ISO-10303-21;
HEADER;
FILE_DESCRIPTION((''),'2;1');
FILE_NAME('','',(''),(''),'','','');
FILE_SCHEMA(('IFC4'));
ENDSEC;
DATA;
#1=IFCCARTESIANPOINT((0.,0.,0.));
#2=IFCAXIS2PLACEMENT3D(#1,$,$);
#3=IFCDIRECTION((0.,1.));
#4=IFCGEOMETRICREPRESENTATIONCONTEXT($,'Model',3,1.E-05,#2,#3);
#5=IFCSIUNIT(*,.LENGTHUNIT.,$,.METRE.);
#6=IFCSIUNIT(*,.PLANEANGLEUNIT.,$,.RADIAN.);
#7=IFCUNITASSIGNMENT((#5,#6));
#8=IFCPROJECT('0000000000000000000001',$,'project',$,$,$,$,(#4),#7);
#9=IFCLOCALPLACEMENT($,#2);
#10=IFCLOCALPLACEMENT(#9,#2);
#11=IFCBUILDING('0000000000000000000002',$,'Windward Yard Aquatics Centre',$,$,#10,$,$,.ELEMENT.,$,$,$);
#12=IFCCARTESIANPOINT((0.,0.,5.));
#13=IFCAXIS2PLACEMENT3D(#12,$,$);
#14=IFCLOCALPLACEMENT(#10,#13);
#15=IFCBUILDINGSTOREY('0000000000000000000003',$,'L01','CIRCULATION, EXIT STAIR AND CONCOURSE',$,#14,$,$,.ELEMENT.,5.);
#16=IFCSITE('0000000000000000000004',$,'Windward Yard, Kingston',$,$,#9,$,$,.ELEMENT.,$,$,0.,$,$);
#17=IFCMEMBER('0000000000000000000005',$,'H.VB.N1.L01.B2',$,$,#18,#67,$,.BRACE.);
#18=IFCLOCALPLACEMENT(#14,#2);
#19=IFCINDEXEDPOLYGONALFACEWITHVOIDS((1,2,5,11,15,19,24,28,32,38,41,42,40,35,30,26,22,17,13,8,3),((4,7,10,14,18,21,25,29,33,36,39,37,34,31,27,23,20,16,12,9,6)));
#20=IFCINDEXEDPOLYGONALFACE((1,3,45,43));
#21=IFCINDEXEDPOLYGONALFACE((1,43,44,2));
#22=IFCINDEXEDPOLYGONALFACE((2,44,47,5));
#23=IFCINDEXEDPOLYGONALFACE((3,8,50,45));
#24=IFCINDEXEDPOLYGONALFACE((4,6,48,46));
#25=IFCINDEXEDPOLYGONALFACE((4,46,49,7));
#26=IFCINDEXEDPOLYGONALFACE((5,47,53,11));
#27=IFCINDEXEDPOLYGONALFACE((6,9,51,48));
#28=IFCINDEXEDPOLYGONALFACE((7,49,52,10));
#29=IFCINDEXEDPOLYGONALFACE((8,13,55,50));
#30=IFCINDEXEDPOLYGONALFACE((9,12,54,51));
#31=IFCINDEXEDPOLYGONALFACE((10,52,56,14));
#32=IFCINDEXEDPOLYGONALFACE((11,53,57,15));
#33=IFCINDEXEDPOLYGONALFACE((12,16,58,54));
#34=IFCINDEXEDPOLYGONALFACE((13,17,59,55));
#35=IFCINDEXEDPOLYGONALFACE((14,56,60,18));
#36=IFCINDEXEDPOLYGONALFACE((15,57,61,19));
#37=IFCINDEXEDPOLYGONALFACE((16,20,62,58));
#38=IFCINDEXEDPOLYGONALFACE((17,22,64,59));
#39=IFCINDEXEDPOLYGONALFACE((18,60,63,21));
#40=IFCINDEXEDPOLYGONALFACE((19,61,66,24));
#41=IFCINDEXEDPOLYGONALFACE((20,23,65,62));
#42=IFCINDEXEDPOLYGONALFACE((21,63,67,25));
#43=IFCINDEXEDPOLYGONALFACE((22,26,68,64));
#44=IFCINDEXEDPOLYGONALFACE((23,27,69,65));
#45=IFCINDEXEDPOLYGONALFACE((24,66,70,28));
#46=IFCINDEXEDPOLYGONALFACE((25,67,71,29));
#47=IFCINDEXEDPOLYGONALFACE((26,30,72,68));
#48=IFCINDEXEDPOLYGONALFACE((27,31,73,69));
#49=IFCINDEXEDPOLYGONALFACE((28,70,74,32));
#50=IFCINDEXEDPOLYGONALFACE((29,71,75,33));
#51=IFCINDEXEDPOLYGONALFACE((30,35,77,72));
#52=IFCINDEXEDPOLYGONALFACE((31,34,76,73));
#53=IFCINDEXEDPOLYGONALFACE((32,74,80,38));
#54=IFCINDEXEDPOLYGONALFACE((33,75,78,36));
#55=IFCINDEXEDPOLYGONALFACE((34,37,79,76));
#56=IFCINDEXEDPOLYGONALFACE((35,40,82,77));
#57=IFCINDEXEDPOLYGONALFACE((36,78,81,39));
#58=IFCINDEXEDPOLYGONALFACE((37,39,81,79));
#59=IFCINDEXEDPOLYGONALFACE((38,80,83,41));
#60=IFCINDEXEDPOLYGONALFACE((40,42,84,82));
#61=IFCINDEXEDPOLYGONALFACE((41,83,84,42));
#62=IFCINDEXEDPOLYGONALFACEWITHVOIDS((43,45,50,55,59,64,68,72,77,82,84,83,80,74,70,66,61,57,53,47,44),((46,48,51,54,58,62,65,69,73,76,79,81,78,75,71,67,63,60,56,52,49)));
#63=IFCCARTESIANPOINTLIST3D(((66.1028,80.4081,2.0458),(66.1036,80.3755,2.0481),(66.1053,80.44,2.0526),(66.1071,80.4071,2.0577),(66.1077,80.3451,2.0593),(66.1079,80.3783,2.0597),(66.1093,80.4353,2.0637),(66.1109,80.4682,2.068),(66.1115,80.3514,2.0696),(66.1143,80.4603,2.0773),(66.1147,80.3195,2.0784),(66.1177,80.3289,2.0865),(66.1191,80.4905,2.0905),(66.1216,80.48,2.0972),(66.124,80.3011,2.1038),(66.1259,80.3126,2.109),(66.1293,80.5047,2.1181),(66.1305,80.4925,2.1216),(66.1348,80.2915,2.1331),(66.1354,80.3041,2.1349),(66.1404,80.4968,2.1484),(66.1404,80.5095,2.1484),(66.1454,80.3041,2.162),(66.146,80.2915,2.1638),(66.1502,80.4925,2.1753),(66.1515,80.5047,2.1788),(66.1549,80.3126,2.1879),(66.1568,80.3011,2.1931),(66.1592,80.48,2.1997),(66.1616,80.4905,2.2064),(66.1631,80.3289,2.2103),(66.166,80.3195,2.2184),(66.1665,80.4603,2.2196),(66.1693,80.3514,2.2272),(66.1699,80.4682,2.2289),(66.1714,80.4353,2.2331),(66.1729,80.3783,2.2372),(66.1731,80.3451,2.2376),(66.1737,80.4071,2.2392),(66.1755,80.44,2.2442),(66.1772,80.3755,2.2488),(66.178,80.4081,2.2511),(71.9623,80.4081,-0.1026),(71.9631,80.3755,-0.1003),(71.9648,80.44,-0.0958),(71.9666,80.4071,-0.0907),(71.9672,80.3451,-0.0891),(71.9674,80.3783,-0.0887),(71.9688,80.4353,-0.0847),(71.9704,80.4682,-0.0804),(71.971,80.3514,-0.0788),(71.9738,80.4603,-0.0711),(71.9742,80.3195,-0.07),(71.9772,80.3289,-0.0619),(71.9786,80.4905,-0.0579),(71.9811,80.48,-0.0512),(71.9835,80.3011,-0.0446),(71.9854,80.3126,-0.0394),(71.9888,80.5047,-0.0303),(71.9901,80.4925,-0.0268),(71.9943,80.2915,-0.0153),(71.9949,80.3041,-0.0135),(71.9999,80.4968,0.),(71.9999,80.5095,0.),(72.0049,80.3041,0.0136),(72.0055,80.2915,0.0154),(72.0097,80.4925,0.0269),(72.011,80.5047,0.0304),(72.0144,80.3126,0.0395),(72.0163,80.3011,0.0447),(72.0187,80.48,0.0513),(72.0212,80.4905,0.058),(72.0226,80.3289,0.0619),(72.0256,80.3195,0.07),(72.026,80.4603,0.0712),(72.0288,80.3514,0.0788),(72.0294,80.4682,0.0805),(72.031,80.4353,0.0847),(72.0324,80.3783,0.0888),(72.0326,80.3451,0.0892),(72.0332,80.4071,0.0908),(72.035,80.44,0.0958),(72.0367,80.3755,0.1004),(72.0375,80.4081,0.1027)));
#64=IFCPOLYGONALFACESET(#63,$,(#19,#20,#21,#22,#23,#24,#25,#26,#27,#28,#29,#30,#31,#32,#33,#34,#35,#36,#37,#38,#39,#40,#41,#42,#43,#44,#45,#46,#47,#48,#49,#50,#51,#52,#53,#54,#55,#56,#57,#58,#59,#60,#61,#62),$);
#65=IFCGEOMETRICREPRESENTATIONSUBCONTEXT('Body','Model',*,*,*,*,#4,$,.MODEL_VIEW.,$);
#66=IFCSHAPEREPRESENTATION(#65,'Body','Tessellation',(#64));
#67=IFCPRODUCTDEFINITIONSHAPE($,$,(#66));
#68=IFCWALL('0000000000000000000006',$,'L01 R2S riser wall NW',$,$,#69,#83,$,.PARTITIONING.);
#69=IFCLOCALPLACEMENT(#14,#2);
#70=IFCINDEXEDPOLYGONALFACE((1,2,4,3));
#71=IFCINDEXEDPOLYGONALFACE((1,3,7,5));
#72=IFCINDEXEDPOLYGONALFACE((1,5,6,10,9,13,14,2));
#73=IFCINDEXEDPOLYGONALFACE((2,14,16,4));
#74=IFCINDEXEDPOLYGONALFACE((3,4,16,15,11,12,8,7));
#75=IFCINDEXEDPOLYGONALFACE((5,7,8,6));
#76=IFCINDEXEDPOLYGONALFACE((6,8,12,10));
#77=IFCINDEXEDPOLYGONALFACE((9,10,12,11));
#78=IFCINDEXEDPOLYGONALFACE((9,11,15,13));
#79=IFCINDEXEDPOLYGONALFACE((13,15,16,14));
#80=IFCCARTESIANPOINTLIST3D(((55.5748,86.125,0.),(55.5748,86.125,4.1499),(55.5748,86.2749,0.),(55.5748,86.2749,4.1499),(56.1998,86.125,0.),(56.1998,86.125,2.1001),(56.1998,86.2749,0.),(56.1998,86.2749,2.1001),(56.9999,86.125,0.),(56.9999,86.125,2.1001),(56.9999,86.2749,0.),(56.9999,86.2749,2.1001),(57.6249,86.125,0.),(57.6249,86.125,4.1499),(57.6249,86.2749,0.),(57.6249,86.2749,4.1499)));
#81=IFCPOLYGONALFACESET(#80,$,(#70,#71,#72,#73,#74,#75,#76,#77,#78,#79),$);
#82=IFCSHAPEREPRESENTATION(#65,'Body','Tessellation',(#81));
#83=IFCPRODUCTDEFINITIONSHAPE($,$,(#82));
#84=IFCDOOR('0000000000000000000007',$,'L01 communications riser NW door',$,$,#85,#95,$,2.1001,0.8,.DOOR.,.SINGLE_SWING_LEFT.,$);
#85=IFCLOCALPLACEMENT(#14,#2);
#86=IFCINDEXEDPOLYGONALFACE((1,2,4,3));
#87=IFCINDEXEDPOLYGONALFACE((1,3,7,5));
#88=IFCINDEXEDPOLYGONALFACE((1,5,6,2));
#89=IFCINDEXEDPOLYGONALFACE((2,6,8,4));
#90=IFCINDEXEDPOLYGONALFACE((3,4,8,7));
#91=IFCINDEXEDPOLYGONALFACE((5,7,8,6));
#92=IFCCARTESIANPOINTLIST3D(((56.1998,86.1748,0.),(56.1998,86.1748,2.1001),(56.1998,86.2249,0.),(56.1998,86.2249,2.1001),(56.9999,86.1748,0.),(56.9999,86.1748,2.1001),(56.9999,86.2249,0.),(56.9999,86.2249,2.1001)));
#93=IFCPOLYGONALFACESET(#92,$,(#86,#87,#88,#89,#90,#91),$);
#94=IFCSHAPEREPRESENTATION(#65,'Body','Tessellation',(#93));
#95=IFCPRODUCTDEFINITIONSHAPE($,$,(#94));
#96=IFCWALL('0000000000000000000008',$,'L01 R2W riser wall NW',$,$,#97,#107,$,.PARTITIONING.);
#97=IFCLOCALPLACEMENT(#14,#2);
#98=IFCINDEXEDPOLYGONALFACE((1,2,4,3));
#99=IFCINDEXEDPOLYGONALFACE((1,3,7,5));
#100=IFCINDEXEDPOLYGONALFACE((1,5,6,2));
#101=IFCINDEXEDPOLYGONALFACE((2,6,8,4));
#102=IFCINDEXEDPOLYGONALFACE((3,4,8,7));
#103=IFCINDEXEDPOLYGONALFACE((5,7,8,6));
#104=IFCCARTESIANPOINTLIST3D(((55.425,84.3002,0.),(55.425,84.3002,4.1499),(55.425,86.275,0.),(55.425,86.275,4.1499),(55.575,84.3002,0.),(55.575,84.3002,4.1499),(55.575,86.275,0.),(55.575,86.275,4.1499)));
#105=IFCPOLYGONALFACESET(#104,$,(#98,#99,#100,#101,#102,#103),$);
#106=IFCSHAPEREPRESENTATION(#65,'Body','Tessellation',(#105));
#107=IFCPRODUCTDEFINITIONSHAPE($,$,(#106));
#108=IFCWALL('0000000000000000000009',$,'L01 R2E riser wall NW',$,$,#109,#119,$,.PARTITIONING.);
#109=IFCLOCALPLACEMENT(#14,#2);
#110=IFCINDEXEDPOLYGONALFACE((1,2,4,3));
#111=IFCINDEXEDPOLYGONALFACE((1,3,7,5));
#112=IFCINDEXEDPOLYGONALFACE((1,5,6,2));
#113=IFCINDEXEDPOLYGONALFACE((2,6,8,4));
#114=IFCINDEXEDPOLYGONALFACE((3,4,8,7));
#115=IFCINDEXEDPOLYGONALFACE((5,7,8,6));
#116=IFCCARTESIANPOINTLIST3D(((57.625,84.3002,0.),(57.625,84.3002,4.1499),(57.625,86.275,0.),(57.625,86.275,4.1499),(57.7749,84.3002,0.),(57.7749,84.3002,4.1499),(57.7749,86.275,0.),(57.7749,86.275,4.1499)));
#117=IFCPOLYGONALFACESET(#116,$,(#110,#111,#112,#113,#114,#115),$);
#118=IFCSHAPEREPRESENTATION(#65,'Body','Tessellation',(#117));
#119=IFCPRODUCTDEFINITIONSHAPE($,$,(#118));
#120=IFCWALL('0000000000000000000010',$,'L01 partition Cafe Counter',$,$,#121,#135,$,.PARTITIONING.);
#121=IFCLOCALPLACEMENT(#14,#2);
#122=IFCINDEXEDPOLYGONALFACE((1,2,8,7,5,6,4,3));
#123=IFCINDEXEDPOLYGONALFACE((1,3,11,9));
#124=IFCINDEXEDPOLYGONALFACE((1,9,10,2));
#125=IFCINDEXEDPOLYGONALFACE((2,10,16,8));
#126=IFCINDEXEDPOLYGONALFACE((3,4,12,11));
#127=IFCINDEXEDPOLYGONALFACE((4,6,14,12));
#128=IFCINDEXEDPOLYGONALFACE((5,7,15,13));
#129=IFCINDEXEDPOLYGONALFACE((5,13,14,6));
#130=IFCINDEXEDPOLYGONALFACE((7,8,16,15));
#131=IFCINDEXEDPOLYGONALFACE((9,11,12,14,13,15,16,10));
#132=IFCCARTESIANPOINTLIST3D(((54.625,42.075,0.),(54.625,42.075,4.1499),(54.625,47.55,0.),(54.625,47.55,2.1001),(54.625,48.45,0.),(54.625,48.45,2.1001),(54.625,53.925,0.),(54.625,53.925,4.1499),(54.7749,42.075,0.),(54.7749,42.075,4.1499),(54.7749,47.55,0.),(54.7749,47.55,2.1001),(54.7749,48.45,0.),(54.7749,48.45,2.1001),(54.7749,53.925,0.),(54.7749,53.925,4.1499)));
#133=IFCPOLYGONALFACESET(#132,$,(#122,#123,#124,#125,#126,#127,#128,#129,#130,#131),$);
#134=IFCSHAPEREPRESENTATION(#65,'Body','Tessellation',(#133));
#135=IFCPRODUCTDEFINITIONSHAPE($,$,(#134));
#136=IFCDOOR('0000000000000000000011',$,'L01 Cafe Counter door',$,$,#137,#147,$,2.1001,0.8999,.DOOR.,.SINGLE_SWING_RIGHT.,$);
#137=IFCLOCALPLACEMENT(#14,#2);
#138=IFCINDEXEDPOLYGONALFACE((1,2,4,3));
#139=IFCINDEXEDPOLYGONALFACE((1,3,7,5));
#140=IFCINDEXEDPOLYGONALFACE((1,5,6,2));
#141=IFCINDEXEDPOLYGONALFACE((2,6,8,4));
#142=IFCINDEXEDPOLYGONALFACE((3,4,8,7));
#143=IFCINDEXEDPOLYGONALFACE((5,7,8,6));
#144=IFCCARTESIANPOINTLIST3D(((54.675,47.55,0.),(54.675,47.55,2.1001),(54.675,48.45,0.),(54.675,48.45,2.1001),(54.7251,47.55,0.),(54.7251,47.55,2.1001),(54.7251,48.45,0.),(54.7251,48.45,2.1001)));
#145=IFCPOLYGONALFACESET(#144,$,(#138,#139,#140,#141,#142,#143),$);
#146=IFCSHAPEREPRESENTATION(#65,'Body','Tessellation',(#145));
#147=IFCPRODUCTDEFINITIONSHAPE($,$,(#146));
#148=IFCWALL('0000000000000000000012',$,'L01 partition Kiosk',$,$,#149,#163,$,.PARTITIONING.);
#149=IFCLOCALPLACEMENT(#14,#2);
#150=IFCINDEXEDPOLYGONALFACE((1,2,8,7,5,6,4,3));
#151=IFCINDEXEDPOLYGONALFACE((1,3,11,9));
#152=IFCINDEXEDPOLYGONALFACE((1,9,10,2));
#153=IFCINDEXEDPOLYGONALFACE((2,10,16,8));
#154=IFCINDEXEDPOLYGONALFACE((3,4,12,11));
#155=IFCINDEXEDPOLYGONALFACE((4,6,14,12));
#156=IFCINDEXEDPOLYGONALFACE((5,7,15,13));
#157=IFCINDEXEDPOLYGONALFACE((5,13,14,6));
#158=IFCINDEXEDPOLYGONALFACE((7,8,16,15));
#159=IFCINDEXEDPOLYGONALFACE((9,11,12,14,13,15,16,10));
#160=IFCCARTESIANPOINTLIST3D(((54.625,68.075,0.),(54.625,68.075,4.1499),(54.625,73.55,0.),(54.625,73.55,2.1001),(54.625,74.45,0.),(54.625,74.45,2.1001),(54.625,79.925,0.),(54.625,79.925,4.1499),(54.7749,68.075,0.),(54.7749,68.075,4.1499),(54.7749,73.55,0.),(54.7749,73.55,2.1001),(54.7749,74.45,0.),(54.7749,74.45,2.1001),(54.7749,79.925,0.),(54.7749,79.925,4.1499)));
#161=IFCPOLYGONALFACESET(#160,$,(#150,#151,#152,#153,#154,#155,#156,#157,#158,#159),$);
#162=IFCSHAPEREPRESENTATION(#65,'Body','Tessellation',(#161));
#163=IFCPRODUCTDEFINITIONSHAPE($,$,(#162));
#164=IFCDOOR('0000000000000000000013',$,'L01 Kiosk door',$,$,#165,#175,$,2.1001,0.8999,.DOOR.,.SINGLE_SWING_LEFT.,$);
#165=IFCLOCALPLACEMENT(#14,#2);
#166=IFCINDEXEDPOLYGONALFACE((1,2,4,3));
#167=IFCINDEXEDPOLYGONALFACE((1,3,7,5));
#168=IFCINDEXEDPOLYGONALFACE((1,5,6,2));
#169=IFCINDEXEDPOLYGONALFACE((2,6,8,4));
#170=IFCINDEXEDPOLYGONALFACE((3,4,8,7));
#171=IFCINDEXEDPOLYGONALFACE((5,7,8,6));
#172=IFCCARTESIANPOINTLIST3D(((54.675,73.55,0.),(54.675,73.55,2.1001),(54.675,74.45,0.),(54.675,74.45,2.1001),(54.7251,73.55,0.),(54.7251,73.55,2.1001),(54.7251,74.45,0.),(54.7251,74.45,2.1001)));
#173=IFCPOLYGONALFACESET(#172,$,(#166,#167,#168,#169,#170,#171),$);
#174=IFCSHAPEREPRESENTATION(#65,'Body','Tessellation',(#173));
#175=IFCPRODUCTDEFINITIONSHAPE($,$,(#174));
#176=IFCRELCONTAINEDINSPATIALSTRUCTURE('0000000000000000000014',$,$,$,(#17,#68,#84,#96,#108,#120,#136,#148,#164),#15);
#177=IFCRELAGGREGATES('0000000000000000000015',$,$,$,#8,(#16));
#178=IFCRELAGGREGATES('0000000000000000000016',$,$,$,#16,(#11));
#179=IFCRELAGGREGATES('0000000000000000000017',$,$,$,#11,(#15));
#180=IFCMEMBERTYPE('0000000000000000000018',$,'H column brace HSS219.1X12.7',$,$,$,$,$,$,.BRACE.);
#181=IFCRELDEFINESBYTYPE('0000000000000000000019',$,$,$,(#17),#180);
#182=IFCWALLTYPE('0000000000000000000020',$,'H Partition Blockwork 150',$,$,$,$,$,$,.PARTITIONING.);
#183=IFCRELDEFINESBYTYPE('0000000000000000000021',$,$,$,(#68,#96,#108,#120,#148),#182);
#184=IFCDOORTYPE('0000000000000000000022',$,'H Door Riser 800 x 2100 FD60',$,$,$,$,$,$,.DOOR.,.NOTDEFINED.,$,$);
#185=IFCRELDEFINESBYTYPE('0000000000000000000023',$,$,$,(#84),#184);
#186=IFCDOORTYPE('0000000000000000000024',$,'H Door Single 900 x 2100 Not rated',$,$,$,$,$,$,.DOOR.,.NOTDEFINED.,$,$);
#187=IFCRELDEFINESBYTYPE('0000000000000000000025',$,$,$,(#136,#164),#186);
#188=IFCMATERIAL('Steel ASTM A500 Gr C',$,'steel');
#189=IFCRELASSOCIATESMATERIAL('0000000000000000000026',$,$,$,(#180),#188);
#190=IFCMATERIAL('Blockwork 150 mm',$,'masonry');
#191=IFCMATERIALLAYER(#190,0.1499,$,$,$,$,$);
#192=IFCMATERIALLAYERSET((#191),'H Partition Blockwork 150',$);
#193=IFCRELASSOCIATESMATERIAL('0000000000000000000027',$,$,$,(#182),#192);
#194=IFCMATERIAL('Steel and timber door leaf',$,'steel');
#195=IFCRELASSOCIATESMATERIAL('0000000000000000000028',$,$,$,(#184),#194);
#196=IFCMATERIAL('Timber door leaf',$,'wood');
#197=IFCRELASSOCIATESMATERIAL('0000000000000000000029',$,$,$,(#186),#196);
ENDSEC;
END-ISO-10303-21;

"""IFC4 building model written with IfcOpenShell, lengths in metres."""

from ifc_helpers import new_model, si_unit, direction, frame, frame_2d, origin, origin_2d, place, context, subcontext, project, spatial, rectangle, hollow_circle, extrude, material, layer, layer_set, material_profile, profile_set, type_object, element, fill, save


model = new_model("IFC4")

# Units and contexts
model_context = context("Model", 3, precision=1e-05, world=origin(), true_north=direction((0.0, 1.0)))
body_context = subcontext(model_context, "Body", "Model", "MODEL_VIEW")
ifc_project = project(units=[si_unit("LENGTHUNIT", "METRE"), si_unit("PLANEANGLEUNIT", "RADIAN")], contexts=[model_context])

# Site, building, storey
site_placement = place(None, origin())
site = spatial("IfcSite", under=ifc_project, at=site_placement, Name="Windward Yard, Kingston", CompositionType="ELEMENT", RefElevation=0.0)
building_placement = place(site_placement, origin())
building = spatial("IfcBuilding", under=site, at=building_placement, Name="Windward Yard Aquatics Centre", CompositionType="ELEMENT")
storey_placement = place(building_placement, frame((0.0, 0.0, 5.0)))
storey = spatial("IfcBuildingStorey", under=building, at=storey_placement, Name="L01", Description="CIRCULATION, EXIT STAIR AND CONCOURSE", CompositionType="ELEMENT", Elevation=5.0)

# Shared definitions
ifc_material_1 = material(Name="Steel ASTM A500 Gr C", Category="steel")

# Member
ifc_material_profile_1 = material_profile(ifc_material_1, hollow_circle(Radius=0.1096, WallThickness=0.0127, at=origin_2d()), Name="HSS219.1X12.7")
ifc_profile_set_1 = profile_set([ifc_material_profile_1], Name="Steel ASTM A500 Gr C")
member_type = type_object("IfcMemberType", Name="H column brace HSS219.1X12.7", PredefinedType="BRACE", material=ifc_profile_set_1)
for number, where, z_axis, x_axis, name in (
    (1, (66.1404, 80.3999, 2.1484), (0.938881, 0.0, -0.344242), (0.0, 1.0, 0.0), "H.VB.N1.L01.B2"),
):
    element("IfcMember", number, at=place(storey_placement, frame(where, z_axis=z_axis, x_axis=x_axis)), inside=storey, type_object=member_type, Name=name, PredefinedType="BRACE", context=body_context, shape_type="SweptSolid", body=[
        extrude(hollow_circle(Radius=0.1096, WallThickness=0.0127, at=origin_2d()), origin(), (0.0, 0.0, 1.0), 6.241),
    ])

# Wall, opening, door
ifc_material_2 = material(Name="Blockwork 150 mm", Category="masonry")
ifc_layer_1 = layer(ifc_material_2, 0.1499)
ifc_layer_set_1 = layer_set([ifc_layer_1], Name="H Partition Blockwork 150")
wall_type = type_object("IfcWallType", Name="H Partition Blockwork 150", PredefinedType="PARTITIONING", material=ifc_layer_set_1)
wall_1_placement = place(storey_placement, frame((55.575, 86.2, 0.0), z_axis=(0.0, 0.0, 1.0), x_axis=(1.0, 0.0, 0.0)))
wall_1 = element("IfcWall", 2, at=wall_1_placement, inside=storey, type_object=wall_type, Name="L01 R2S riser wall NW", PredefinedType="PARTITIONING", context=body_context, shape_type="SweptSolid", body=[
    extrude(rectangle(XDim=2.05, YDim=0.1499, at=frame_2d((1.0249, 0.0))), origin(), (0.0, 0.0, 1.0), 4.1499),
])
opening_1_placement = place(wall_1_placement, frame((0.625, 0.0, 0.0)))
opening_1 = element("IfcOpeningElement", 3, at=opening_1_placement, cuts=wall_1, PredefinedType="OPENING", context=body_context, shape_type="SweptSolid", body=[
    extrude(rectangle(XDim=0.8, YDim=2.1001, at=frame_2d((0.3999, 1.05))), frame((0.0, 0.085, 0.0), z_axis=(0.0, -1.0, 0.0), x_axis=(1.0, 0.0, 0.0)), (0.0, 0.0, 1.0), 0.1699),
])
ifc_material_3 = material(Name="Steel and timber door leaf", Category="steel")
door_type_1 = type_object("IfcDoorType", Name="H Door Riser 800 x 2100 FD60", OperationType="NOTDEFINED", PredefinedType="DOOR", material=ifc_material_3)
door_1_placement = place(opening_1_placement, origin())
door_1 = element("IfcDoor", 4, at=door_1_placement, inside=storey, type_object=door_type_1, Name="L01 communications riser NW door", OperationType="SINGLE_SWING_LEFT", OverallHeight=2.1001, OverallWidth=0.8, PredefinedType="DOOR", context=body_context, shape_type="SweptSolid", body=[
    extrude(rectangle(XDim=0.8, YDim=2.1001, at=frame_2d((0.3999, 1.05))), frame((0.0, 0.0249, 0.0), z_axis=(0.0, -1.0, 0.0), x_axis=(1.0, 0.0, 0.0)), (0.0, 0.0, 1.0), 0.05),
])
fill(opening_1, door_1)

# Walls
for number, where, z_axis, x_axis, name in (
    (5, (55.5, 86.2749, 0.0), (0.0, 0.0, 1.0), (0.0, -1.0, 0.0), "L01 R2W riser wall NW"),
    (6, (57.7, 86.2749, 0.0), (0.0, 0.0, 1.0), (0.0, -1.0, 0.0), "L01 R2E riser wall NW"),
):
    element("IfcWall", number, at=place(storey_placement, frame(where, z_axis=z_axis, x_axis=x_axis)), inside=storey, type_object=wall_type, Name=name, PredefinedType="PARTITIONING", context=body_context, shape_type="SweptSolid", body=[
        extrude(rectangle(XDim=1.9749, YDim=0.1499, at=frame_2d((0.9873, 0.0))), origin(), (0.0, 0.0, 1.0), 4.1499),
    ])

# Walls, openings, doors
wall_2_placement = place(storey_placement, frame((54.7, 42.075, 0.0), z_axis=(0.0, 0.0, 1.0), x_axis=(0.0, 1.0, 0.0)))
wall_2 = element("IfcWall", 7, at=wall_2_placement, inside=storey, type_object=wall_type, Name="L01 partition Cafe Counter", PredefinedType="PARTITIONING", context=body_context, shape_type="SweptSolid", body=[
    extrude(rectangle(XDim=11.8501, YDim=0.1499, at=frame_2d((5.925, 0.0))), origin(), (0.0, 0.0, 1.0), 4.1499),
])
opening_2_placement = place(wall_2_placement, frame((5.4751, 0.0, 0.0)))
opening_2 = element("IfcOpeningElement", 8, at=opening_2_placement, cuts=wall_2, PredefinedType="OPENING", context=body_context, shape_type="SweptSolid", body=[
    extrude(rectangle(XDim=0.8999, YDim=2.1001, at=frame_2d((0.45, 1.05))), frame((0.0, 0.085, 0.0), z_axis=(0.0, -1.0, 0.0), x_axis=(1.0, 0.0, 0.0)), (0.0, 0.0, 1.0), 0.1699),
])
ifc_material_4 = material(Name="Timber door leaf", Category="wood")
door_type_2 = type_object("IfcDoorType", Name="H Door Single 900 x 2100 Not rated", OperationType="NOTDEFINED", PredefinedType="DOOR", material=ifc_material_4)
door_2_placement = place(opening_2_placement, origin())
door_2 = element("IfcDoor", 9, at=door_2_placement, inside=storey, type_object=door_type_2, Name="L01 Cafe Counter door", OperationType="SINGLE_SWING_RIGHT", OverallHeight=2.1001, OverallWidth=0.8999, PredefinedType="DOOR", context=body_context, shape_type="SweptSolid", body=[
    extrude(rectangle(XDim=0.8999, YDim=2.1001, at=frame_2d((0.45, 1.05))), frame((0.0, 0.0249, 0.0), z_axis=(0.0, -1.0, 0.0), x_axis=(1.0, 0.0, 0.0)), (0.0, 0.0, 1.0), 0.05),
])
fill(opening_2, door_2)
wall_3_placement = place(storey_placement, frame((54.7, 68.075, 0.0), z_axis=(0.0, 0.0, 1.0), x_axis=(0.0, 1.0, 0.0)))
wall_3 = element("IfcWall", 10, at=wall_3_placement, inside=storey, type_object=wall_type, Name="L01 partition Kiosk", PredefinedType="PARTITIONING", context=body_context, shape_type="SweptSolid", body=[
    extrude(rectangle(XDim=11.8501, YDim=0.1499, at=frame_2d((5.925, 0.0))), origin(), (0.0, 0.0, 1.0), 4.1499),
])
opening_3_placement = place(wall_3_placement, frame((5.4751, 0.0, 0.0)))
opening_3 = element("IfcOpeningElement", 11, at=opening_3_placement, cuts=wall_3, PredefinedType="OPENING", context=body_context, shape_type="SweptSolid", body=[
    extrude(rectangle(XDim=0.8999, YDim=2.1001, at=frame_2d((0.45, 1.05))), frame((0.0, 0.085, 0.0), z_axis=(0.0, -1.0, 0.0), x_axis=(1.0, 0.0, 0.0)), (0.0, 0.0, 1.0), 0.1699),
])
door_3_placement = place(opening_3_placement, origin())
door_3 = element("IfcDoor", 12, at=door_3_placement, inside=storey, type_object=door_type_2, Name="L01 Kiosk door", OperationType="SINGLE_SWING_LEFT", OverallHeight=2.1001, OverallWidth=0.8999, PredefinedType="DOOR", context=body_context, shape_type="SweptSolid", body=[
    extrude(rectangle(XDim=0.8999, YDim=2.1001, at=frame_2d((0.45, 1.05))), frame((0.0, 0.0249, 0.0), z_axis=(0.0, -1.0, 0.0), x_axis=(1.0, 0.0, 0.0)), (0.0, 0.0, 1.0), 0.05),
])
fill(opening_3, door_3)

save(model, "model.ifc")
